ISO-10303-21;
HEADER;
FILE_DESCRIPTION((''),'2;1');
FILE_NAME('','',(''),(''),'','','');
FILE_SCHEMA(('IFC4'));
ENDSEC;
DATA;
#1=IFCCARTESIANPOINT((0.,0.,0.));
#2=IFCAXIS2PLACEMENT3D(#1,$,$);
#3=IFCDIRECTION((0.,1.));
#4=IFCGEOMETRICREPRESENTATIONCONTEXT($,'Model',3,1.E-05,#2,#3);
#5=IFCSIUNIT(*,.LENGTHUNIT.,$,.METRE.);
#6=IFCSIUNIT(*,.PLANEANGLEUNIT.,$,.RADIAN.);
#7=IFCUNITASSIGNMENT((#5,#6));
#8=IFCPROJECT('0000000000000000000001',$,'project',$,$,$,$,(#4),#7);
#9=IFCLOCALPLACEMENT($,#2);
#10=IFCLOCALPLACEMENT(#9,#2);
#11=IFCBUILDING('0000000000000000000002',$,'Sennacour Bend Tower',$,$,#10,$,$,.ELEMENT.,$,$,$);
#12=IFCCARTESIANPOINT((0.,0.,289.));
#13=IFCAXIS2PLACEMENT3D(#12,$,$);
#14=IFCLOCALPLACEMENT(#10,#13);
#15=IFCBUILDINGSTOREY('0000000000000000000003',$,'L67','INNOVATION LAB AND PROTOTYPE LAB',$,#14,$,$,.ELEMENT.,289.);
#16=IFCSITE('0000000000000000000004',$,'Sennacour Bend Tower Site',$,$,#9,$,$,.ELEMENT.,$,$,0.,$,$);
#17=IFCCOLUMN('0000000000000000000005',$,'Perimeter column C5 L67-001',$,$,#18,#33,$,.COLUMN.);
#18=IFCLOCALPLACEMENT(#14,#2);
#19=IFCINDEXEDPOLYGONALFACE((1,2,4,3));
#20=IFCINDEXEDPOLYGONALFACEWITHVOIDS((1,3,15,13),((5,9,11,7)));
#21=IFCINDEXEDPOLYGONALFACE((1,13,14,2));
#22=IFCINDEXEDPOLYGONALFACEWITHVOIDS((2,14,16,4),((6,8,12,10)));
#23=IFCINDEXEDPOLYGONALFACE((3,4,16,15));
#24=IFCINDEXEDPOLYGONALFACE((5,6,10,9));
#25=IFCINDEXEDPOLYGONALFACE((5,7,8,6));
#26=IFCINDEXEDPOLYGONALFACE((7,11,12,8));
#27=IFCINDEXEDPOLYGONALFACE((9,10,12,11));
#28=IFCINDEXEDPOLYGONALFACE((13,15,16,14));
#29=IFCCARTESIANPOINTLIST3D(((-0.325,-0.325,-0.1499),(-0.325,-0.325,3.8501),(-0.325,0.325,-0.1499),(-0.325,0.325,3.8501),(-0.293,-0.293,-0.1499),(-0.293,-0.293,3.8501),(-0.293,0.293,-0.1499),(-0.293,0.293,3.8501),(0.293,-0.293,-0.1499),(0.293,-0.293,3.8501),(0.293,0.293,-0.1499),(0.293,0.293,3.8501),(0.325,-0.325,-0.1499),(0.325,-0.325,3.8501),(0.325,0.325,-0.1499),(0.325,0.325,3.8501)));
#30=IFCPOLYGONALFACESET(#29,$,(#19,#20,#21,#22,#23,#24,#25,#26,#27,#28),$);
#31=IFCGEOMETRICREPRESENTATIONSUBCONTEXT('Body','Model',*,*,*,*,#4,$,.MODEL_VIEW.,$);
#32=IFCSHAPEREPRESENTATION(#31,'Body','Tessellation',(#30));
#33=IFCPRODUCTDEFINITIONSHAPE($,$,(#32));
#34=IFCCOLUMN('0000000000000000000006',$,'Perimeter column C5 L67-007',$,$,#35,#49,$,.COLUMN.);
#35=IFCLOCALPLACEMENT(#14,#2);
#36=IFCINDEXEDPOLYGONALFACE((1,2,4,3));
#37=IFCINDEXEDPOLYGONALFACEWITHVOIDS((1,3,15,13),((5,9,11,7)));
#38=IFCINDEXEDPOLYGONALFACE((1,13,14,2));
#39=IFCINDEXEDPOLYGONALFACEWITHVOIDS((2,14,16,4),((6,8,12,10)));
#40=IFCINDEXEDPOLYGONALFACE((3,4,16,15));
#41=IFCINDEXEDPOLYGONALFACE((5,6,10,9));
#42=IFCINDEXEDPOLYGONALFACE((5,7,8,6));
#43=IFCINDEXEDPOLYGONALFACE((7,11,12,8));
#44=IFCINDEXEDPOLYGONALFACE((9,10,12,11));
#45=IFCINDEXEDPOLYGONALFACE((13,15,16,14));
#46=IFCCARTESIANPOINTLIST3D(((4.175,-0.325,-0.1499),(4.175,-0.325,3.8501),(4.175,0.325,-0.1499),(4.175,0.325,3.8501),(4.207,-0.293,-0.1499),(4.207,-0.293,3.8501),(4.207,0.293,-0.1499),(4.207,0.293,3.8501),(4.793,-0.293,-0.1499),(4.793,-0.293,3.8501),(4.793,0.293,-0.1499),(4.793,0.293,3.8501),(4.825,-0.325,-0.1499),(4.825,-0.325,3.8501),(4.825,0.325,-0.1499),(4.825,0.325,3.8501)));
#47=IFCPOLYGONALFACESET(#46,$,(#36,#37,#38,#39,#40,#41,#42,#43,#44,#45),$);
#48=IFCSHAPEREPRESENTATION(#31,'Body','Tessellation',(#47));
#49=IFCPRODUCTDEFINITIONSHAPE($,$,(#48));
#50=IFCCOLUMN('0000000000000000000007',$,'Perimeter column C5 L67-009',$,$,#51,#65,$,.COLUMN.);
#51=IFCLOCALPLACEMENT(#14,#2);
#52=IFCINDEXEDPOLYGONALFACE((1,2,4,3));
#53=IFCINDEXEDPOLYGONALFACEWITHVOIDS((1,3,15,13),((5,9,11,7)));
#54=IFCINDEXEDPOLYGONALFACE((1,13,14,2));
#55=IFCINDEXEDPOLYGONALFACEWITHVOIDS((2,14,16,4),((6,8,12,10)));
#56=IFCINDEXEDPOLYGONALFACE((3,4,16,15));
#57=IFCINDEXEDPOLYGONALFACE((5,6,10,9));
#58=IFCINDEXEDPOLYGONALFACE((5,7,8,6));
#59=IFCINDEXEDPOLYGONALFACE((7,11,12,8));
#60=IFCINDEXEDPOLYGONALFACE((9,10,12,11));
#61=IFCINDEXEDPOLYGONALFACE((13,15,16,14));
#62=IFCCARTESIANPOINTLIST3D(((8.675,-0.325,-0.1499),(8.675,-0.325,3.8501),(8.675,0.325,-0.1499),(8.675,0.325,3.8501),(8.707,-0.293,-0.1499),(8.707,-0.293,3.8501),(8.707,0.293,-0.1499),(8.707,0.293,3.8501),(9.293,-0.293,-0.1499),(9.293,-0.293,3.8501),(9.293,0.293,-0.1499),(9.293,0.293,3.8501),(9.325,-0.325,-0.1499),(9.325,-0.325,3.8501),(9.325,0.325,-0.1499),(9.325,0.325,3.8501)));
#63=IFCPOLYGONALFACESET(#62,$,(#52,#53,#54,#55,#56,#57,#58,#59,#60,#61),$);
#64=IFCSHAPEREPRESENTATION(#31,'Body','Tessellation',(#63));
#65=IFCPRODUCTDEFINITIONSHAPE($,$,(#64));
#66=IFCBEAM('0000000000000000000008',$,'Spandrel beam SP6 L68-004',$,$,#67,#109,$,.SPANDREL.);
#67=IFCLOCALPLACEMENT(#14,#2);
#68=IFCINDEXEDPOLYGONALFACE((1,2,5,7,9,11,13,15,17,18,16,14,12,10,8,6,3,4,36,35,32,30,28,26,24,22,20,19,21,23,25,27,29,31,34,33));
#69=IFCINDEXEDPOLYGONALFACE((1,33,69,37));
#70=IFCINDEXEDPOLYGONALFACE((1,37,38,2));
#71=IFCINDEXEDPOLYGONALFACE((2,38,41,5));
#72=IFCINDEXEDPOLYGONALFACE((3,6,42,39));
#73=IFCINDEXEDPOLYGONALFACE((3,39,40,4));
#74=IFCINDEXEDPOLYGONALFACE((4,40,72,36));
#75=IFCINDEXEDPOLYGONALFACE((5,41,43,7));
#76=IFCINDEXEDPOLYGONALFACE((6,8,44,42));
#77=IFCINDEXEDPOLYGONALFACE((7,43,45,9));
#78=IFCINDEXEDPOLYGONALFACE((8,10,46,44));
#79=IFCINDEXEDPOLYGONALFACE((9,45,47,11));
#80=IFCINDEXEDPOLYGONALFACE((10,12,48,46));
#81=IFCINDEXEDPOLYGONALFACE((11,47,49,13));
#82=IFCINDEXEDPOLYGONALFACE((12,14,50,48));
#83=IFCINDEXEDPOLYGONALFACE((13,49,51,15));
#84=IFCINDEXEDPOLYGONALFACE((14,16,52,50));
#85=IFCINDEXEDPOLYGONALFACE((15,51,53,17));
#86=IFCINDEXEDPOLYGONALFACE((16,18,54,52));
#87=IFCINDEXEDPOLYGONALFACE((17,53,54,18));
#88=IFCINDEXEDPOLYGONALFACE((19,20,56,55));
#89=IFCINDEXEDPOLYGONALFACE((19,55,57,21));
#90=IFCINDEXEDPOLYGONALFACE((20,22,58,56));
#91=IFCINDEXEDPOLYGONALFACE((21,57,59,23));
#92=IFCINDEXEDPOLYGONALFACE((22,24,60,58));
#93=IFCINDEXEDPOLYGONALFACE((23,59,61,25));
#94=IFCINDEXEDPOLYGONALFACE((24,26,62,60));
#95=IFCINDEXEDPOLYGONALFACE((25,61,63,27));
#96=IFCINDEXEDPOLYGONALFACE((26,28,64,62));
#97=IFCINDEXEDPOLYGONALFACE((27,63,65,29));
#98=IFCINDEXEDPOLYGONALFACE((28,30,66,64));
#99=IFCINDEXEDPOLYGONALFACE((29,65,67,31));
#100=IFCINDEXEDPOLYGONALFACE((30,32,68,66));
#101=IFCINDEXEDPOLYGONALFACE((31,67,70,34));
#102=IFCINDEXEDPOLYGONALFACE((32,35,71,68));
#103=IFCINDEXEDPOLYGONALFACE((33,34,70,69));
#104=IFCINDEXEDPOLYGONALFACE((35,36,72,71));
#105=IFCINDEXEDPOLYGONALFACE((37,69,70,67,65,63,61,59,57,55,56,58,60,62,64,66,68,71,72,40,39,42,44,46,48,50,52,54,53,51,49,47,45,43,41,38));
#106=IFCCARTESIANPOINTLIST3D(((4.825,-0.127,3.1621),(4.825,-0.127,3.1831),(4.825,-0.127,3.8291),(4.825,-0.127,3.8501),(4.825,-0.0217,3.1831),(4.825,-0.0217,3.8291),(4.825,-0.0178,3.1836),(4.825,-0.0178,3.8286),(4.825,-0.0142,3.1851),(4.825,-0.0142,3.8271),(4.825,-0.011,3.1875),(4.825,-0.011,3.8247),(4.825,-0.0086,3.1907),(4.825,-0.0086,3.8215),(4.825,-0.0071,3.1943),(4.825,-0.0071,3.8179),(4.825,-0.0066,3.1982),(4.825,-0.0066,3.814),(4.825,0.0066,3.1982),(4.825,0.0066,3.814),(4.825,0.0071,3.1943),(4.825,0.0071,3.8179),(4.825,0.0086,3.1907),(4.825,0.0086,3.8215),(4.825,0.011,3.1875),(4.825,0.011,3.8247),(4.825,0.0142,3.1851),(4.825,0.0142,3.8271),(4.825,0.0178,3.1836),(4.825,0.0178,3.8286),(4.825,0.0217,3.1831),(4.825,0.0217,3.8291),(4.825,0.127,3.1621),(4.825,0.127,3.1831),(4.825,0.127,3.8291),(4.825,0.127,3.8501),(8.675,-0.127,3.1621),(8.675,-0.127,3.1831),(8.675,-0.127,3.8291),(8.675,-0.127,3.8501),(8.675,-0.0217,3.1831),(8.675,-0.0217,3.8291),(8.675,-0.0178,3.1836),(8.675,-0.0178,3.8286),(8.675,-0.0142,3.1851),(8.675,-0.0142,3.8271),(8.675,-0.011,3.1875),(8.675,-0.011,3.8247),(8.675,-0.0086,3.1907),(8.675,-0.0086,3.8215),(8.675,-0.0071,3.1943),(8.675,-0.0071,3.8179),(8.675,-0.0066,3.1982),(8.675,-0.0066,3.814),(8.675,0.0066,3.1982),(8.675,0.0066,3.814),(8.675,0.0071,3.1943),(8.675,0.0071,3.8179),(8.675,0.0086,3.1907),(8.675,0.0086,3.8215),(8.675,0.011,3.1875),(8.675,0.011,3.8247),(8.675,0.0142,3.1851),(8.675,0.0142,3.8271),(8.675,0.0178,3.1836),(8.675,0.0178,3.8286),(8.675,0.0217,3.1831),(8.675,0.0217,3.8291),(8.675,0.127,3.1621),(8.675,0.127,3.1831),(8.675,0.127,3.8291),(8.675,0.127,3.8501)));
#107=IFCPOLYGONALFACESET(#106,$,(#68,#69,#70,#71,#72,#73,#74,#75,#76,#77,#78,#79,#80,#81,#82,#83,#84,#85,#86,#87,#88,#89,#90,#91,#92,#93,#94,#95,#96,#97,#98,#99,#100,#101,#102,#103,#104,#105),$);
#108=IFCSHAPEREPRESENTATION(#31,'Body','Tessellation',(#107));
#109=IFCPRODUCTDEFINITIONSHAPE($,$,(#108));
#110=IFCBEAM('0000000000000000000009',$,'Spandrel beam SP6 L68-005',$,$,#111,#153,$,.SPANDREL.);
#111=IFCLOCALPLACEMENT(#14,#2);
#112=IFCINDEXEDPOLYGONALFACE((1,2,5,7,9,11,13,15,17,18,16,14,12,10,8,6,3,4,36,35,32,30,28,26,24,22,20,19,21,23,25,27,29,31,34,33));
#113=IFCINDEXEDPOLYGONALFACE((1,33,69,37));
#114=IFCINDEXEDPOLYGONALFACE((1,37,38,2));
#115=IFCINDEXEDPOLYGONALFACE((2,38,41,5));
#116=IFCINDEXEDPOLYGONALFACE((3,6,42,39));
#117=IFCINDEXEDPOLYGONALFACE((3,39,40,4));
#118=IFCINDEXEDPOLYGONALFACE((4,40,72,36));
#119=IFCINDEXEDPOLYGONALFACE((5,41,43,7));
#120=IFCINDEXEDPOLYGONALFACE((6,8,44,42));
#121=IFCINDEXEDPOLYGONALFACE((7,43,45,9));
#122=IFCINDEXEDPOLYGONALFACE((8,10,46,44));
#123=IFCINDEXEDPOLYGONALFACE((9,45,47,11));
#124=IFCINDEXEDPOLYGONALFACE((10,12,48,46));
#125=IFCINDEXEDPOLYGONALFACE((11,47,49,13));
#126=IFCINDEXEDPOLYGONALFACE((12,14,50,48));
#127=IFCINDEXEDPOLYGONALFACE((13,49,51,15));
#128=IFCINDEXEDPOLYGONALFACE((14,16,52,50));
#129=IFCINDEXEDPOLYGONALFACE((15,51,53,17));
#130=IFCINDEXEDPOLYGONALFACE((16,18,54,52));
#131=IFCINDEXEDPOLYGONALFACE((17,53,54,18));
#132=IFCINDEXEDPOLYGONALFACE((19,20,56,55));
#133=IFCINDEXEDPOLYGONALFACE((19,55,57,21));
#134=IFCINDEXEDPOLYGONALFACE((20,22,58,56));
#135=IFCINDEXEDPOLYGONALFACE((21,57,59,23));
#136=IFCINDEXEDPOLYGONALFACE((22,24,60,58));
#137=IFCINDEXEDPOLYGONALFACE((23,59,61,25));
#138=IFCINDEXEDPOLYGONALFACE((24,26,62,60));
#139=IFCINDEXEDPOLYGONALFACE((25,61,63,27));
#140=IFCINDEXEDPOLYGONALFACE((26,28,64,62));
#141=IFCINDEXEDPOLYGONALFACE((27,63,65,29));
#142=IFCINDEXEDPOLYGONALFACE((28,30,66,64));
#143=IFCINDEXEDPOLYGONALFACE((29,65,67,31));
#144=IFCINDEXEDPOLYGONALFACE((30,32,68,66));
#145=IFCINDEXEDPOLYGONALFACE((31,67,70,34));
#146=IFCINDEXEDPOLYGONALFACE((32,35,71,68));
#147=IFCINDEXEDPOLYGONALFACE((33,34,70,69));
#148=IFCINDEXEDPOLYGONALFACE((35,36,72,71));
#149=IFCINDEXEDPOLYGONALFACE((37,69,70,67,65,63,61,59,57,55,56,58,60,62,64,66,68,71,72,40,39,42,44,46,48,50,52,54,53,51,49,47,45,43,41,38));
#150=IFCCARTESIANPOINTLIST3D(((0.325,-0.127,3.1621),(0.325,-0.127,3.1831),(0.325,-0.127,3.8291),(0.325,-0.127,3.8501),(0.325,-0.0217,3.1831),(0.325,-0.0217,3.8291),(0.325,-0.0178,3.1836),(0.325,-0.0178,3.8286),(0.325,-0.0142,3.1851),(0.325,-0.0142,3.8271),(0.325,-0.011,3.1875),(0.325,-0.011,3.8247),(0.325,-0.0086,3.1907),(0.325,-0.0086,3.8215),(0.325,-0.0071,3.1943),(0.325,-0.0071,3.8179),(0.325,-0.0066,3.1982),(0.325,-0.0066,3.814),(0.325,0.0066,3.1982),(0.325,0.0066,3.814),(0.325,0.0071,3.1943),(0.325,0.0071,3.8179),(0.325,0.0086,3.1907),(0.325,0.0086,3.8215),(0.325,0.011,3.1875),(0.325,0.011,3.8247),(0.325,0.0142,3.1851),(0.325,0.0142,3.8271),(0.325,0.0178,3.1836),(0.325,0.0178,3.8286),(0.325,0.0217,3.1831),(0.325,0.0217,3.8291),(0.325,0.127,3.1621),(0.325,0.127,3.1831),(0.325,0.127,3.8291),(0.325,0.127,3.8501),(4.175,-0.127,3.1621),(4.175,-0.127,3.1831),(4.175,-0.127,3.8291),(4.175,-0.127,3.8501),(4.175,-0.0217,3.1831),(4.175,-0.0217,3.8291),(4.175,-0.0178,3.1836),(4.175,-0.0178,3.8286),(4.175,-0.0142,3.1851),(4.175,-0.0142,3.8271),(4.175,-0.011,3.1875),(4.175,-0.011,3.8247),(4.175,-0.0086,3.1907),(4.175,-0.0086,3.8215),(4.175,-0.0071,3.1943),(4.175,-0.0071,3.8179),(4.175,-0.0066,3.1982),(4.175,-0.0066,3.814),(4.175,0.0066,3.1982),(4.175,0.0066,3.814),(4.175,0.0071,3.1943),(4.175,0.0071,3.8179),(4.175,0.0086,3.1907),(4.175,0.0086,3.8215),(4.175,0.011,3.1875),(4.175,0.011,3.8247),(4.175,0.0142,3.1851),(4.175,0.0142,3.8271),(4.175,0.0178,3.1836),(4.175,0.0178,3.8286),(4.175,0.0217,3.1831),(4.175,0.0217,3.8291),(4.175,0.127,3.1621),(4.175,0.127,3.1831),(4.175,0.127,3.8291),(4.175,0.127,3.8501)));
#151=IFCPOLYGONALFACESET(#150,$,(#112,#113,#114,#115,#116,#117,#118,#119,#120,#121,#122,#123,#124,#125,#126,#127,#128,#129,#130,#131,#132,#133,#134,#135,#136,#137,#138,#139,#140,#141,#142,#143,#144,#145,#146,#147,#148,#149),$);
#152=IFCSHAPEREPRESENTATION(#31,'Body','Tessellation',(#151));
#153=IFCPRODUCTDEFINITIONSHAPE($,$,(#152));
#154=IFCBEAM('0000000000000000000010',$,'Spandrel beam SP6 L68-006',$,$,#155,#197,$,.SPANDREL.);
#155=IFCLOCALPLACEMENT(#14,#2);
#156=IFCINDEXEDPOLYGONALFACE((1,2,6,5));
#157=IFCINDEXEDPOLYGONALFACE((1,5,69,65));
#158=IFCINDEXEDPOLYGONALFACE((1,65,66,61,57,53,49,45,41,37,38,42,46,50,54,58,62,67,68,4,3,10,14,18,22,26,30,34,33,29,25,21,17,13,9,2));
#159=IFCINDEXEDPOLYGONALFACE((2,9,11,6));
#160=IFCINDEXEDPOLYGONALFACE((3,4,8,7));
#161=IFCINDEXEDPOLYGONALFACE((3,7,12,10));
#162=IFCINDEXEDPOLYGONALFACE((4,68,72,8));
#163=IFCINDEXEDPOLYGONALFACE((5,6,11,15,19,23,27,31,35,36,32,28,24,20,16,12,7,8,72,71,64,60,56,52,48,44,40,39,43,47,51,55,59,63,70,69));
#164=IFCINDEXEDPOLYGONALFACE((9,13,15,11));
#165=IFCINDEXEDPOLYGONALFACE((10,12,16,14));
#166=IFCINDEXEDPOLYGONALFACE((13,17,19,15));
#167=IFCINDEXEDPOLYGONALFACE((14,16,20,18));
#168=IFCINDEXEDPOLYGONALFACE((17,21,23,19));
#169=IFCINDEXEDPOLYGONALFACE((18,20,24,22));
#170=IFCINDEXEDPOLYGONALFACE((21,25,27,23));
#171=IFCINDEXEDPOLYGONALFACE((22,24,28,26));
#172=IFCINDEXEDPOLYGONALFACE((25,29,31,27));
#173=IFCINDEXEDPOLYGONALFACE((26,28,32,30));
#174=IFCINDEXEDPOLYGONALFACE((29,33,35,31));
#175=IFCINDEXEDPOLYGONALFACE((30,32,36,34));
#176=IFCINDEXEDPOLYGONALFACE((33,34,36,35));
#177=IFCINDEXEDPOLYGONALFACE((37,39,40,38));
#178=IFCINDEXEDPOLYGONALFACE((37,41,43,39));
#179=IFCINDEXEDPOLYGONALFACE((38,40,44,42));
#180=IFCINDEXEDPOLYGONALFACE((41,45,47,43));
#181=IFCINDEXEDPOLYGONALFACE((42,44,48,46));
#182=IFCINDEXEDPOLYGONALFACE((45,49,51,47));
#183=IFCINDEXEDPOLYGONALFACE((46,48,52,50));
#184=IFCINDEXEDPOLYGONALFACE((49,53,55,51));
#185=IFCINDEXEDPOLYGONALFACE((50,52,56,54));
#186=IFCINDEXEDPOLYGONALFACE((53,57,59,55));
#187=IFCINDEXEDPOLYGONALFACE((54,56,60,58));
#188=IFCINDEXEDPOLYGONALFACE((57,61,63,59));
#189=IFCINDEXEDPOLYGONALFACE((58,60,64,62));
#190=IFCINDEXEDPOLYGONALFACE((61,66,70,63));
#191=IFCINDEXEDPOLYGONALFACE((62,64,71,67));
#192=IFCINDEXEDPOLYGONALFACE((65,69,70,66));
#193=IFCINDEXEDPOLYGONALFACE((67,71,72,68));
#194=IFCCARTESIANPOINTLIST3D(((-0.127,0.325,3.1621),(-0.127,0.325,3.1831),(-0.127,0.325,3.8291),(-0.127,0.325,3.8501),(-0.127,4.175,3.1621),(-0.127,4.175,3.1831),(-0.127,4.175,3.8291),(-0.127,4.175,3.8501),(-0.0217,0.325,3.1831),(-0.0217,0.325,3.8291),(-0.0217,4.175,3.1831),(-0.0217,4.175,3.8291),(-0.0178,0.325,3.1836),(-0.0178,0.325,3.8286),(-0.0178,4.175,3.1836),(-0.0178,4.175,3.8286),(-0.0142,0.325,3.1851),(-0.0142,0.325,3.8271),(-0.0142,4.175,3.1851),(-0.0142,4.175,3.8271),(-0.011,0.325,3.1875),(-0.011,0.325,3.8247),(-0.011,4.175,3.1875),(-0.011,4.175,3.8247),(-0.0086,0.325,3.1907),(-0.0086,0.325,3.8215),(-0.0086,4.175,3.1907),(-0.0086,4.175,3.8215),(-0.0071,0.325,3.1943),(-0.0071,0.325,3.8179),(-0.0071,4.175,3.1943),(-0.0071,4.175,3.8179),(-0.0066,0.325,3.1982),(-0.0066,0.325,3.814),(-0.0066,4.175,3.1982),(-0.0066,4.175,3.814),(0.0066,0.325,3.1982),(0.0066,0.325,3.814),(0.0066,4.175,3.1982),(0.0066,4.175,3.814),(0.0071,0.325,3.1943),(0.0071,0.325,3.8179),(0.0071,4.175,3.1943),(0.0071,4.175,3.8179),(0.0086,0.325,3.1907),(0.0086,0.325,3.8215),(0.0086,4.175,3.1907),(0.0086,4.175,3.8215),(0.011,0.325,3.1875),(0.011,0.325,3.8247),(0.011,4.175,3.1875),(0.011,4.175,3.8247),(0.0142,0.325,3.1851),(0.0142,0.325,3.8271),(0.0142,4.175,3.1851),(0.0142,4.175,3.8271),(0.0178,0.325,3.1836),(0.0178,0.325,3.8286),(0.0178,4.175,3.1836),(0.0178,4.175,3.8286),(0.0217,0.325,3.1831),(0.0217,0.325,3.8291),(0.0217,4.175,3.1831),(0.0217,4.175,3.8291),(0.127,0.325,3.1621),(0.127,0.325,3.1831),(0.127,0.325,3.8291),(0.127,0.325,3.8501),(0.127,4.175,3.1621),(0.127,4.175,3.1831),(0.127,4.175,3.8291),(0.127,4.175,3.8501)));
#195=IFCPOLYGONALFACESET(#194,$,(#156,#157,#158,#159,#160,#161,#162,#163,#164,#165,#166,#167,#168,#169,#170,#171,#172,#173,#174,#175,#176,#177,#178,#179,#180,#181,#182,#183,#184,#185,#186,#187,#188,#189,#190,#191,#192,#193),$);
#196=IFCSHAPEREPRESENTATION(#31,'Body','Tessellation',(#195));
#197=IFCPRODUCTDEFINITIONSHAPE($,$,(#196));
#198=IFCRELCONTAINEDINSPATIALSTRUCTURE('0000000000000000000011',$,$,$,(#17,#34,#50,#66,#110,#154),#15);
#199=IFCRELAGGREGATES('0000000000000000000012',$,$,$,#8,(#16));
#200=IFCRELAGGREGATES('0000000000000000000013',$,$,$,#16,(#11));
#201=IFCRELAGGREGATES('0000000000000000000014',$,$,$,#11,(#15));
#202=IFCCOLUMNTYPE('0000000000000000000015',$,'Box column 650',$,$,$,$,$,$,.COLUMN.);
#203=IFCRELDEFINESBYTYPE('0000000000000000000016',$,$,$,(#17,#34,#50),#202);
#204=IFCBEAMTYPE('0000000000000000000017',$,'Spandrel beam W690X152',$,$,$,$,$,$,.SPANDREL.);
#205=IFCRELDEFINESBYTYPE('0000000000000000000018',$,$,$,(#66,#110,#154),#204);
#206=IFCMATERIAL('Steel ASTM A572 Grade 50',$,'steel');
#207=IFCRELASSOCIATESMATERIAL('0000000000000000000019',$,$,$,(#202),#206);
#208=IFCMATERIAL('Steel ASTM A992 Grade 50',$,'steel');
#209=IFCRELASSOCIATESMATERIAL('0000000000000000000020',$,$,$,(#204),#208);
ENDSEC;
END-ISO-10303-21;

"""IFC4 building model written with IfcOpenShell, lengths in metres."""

from ifc_helpers import new_model, si_unit, direction, frame, origin, origin_2d, place, context, subcontext, project, spatial, hollow_rectangle, i_section, extrude, material, material_profile, profile_set, type_object, element, save


model = new_model("IFC4")

# Units and contexts
model_context = context("Model", 3, precision=1e-05, world=origin(), true_north=direction((0.0, 1.0)))
body_context = subcontext(model_context, "Body", "Model", "MODEL_VIEW")
ifc_project = project(units=[si_unit("LENGTHUNIT", "METRE"), si_unit("PLANEANGLEUNIT", "RADIAN")], contexts=[model_context])

# Site, building, storey
site_placement = place(None, origin())
site = spatial("IfcSite", under=ifc_project, at=site_placement, Name="Sennacour Bend Tower Site", CompositionType="ELEMENT", RefElevation=0.0)
building_placement = place(site_placement, origin())
building = spatial("IfcBuilding", under=site, at=building_placement, Name="Sennacour Bend Tower", CompositionType="ELEMENT")
storey_placement = place(building_placement, frame((0.0, 0.0, 289.0)))
storey = spatial("IfcBuildingStorey", under=building, at=storey_placement, Name="L67", Description="INNOVATION LAB AND PROTOTYPE LAB", CompositionType="ELEMENT", Elevation=289.0)

# Columns
ifc_material_1 = material(Name="Steel ASTM A572 Grade 50", Category="steel")
ifc_material_profile_1 = material_profile(ifc_material_1, hollow_rectangle(XDim=0.6499, YDim=0.6499, WallThickness=0.032, at=origin_2d()), Name="Steel ASTM A572 Grade 50", Category="steel")
ifc_profile_set_1 = profile_set([ifc_material_profile_1], Name="Steel ASTM A572 Grade 50")
column_type = type_object("IfcColumnType", Name="Box column 650", PredefinedType="COLUMN", material=ifc_profile_set_1)
for number, where, z_axis, x_axis, name in (
    (1, (0.0, 0.0, -0.1499), (0.0, 0.0, 1.0), (1.0, 0.0, 0.0), "Perimeter column C5 L67-001"),
    (2, (4.5, 0.0, -0.1499), (0.0, 0.0, 1.0), (1.0, 0.0, 0.0), "Perimeter column C5 L67-007"),
    (3, (9.0, 0.0, -0.1499), (0.0, 0.0, 1.0), (1.0, 0.0, 0.0), "Perimeter column C5 L67-009"),
):
    element("IfcColumn", number, at=place(storey_placement, frame(where, z_axis=z_axis, x_axis=x_axis)), inside=storey, type_object=column_type, Name=name, PredefinedType="COLUMN", context=body_context, shape_type="SweptSolid", body=[
        extrude(hollow_rectangle(XDim=0.6499, YDim=0.6499, WallThickness=0.032, at=origin_2d()), origin(), (0.0, 0.0, 1.0), 4.0),
    ])

# Beams
ifc_material_2 = material(Name="Steel ASTM A992 Grade 50", Category="steel")
ifc_material_profile_2 = material_profile(ifc_material_2, i_section(OverallWidth=0.2539, OverallDepth=0.688, WebThickness=0.0132, FlangeThickness=0.021, FilletRadius=0.0151, at=origin_2d()), Name="Steel ASTM A992 Grade 50", Category="steel")
ifc_profile_set_2 = profile_set([ifc_material_profile_2], Name="Steel ASTM A992 Grade 50")
beam_type = type_object("IfcBeamType", Name="Spandrel beam W690X152", PredefinedType="SPANDREL", material=ifc_profile_set_2)
for number, where, z_axis, x_axis, name in (
    (4, (8.675, 0.0, 3.5061), (-1.0, 0.0, 0.0), (0.0, -1.0, 0.0), "Spandrel beam SP6 L68-004"),
    (5, (4.175, 0.0, 3.5061), (-1.0, 0.0, 0.0), (0.0, -1.0, 0.0), "Spandrel beam SP6 L68-005"),
    (6, (0.0, 0.325, 3.5061), (0.0, 1.0, 0.0), (-1.0, 0.0, 0.0), "Spandrel beam SP6 L68-006"),
):
    element("IfcBeam", number, at=place(storey_placement, frame(where, z_axis=z_axis, x_axis=x_axis)), inside=storey, type_object=beam_type, Name=name, PredefinedType="SPANDREL", context=body_context, shape_type="SweptSolid", body=[
        extrude(i_section(OverallWidth=0.2539, OverallDepth=0.688, WebThickness=0.0132, FlangeThickness=0.021, FilletRadius=0.0151, at=origin_2d()), origin(), (0.0, 0.0, 1.0), 3.8501),
    ])

save(model, "model.ifc")
